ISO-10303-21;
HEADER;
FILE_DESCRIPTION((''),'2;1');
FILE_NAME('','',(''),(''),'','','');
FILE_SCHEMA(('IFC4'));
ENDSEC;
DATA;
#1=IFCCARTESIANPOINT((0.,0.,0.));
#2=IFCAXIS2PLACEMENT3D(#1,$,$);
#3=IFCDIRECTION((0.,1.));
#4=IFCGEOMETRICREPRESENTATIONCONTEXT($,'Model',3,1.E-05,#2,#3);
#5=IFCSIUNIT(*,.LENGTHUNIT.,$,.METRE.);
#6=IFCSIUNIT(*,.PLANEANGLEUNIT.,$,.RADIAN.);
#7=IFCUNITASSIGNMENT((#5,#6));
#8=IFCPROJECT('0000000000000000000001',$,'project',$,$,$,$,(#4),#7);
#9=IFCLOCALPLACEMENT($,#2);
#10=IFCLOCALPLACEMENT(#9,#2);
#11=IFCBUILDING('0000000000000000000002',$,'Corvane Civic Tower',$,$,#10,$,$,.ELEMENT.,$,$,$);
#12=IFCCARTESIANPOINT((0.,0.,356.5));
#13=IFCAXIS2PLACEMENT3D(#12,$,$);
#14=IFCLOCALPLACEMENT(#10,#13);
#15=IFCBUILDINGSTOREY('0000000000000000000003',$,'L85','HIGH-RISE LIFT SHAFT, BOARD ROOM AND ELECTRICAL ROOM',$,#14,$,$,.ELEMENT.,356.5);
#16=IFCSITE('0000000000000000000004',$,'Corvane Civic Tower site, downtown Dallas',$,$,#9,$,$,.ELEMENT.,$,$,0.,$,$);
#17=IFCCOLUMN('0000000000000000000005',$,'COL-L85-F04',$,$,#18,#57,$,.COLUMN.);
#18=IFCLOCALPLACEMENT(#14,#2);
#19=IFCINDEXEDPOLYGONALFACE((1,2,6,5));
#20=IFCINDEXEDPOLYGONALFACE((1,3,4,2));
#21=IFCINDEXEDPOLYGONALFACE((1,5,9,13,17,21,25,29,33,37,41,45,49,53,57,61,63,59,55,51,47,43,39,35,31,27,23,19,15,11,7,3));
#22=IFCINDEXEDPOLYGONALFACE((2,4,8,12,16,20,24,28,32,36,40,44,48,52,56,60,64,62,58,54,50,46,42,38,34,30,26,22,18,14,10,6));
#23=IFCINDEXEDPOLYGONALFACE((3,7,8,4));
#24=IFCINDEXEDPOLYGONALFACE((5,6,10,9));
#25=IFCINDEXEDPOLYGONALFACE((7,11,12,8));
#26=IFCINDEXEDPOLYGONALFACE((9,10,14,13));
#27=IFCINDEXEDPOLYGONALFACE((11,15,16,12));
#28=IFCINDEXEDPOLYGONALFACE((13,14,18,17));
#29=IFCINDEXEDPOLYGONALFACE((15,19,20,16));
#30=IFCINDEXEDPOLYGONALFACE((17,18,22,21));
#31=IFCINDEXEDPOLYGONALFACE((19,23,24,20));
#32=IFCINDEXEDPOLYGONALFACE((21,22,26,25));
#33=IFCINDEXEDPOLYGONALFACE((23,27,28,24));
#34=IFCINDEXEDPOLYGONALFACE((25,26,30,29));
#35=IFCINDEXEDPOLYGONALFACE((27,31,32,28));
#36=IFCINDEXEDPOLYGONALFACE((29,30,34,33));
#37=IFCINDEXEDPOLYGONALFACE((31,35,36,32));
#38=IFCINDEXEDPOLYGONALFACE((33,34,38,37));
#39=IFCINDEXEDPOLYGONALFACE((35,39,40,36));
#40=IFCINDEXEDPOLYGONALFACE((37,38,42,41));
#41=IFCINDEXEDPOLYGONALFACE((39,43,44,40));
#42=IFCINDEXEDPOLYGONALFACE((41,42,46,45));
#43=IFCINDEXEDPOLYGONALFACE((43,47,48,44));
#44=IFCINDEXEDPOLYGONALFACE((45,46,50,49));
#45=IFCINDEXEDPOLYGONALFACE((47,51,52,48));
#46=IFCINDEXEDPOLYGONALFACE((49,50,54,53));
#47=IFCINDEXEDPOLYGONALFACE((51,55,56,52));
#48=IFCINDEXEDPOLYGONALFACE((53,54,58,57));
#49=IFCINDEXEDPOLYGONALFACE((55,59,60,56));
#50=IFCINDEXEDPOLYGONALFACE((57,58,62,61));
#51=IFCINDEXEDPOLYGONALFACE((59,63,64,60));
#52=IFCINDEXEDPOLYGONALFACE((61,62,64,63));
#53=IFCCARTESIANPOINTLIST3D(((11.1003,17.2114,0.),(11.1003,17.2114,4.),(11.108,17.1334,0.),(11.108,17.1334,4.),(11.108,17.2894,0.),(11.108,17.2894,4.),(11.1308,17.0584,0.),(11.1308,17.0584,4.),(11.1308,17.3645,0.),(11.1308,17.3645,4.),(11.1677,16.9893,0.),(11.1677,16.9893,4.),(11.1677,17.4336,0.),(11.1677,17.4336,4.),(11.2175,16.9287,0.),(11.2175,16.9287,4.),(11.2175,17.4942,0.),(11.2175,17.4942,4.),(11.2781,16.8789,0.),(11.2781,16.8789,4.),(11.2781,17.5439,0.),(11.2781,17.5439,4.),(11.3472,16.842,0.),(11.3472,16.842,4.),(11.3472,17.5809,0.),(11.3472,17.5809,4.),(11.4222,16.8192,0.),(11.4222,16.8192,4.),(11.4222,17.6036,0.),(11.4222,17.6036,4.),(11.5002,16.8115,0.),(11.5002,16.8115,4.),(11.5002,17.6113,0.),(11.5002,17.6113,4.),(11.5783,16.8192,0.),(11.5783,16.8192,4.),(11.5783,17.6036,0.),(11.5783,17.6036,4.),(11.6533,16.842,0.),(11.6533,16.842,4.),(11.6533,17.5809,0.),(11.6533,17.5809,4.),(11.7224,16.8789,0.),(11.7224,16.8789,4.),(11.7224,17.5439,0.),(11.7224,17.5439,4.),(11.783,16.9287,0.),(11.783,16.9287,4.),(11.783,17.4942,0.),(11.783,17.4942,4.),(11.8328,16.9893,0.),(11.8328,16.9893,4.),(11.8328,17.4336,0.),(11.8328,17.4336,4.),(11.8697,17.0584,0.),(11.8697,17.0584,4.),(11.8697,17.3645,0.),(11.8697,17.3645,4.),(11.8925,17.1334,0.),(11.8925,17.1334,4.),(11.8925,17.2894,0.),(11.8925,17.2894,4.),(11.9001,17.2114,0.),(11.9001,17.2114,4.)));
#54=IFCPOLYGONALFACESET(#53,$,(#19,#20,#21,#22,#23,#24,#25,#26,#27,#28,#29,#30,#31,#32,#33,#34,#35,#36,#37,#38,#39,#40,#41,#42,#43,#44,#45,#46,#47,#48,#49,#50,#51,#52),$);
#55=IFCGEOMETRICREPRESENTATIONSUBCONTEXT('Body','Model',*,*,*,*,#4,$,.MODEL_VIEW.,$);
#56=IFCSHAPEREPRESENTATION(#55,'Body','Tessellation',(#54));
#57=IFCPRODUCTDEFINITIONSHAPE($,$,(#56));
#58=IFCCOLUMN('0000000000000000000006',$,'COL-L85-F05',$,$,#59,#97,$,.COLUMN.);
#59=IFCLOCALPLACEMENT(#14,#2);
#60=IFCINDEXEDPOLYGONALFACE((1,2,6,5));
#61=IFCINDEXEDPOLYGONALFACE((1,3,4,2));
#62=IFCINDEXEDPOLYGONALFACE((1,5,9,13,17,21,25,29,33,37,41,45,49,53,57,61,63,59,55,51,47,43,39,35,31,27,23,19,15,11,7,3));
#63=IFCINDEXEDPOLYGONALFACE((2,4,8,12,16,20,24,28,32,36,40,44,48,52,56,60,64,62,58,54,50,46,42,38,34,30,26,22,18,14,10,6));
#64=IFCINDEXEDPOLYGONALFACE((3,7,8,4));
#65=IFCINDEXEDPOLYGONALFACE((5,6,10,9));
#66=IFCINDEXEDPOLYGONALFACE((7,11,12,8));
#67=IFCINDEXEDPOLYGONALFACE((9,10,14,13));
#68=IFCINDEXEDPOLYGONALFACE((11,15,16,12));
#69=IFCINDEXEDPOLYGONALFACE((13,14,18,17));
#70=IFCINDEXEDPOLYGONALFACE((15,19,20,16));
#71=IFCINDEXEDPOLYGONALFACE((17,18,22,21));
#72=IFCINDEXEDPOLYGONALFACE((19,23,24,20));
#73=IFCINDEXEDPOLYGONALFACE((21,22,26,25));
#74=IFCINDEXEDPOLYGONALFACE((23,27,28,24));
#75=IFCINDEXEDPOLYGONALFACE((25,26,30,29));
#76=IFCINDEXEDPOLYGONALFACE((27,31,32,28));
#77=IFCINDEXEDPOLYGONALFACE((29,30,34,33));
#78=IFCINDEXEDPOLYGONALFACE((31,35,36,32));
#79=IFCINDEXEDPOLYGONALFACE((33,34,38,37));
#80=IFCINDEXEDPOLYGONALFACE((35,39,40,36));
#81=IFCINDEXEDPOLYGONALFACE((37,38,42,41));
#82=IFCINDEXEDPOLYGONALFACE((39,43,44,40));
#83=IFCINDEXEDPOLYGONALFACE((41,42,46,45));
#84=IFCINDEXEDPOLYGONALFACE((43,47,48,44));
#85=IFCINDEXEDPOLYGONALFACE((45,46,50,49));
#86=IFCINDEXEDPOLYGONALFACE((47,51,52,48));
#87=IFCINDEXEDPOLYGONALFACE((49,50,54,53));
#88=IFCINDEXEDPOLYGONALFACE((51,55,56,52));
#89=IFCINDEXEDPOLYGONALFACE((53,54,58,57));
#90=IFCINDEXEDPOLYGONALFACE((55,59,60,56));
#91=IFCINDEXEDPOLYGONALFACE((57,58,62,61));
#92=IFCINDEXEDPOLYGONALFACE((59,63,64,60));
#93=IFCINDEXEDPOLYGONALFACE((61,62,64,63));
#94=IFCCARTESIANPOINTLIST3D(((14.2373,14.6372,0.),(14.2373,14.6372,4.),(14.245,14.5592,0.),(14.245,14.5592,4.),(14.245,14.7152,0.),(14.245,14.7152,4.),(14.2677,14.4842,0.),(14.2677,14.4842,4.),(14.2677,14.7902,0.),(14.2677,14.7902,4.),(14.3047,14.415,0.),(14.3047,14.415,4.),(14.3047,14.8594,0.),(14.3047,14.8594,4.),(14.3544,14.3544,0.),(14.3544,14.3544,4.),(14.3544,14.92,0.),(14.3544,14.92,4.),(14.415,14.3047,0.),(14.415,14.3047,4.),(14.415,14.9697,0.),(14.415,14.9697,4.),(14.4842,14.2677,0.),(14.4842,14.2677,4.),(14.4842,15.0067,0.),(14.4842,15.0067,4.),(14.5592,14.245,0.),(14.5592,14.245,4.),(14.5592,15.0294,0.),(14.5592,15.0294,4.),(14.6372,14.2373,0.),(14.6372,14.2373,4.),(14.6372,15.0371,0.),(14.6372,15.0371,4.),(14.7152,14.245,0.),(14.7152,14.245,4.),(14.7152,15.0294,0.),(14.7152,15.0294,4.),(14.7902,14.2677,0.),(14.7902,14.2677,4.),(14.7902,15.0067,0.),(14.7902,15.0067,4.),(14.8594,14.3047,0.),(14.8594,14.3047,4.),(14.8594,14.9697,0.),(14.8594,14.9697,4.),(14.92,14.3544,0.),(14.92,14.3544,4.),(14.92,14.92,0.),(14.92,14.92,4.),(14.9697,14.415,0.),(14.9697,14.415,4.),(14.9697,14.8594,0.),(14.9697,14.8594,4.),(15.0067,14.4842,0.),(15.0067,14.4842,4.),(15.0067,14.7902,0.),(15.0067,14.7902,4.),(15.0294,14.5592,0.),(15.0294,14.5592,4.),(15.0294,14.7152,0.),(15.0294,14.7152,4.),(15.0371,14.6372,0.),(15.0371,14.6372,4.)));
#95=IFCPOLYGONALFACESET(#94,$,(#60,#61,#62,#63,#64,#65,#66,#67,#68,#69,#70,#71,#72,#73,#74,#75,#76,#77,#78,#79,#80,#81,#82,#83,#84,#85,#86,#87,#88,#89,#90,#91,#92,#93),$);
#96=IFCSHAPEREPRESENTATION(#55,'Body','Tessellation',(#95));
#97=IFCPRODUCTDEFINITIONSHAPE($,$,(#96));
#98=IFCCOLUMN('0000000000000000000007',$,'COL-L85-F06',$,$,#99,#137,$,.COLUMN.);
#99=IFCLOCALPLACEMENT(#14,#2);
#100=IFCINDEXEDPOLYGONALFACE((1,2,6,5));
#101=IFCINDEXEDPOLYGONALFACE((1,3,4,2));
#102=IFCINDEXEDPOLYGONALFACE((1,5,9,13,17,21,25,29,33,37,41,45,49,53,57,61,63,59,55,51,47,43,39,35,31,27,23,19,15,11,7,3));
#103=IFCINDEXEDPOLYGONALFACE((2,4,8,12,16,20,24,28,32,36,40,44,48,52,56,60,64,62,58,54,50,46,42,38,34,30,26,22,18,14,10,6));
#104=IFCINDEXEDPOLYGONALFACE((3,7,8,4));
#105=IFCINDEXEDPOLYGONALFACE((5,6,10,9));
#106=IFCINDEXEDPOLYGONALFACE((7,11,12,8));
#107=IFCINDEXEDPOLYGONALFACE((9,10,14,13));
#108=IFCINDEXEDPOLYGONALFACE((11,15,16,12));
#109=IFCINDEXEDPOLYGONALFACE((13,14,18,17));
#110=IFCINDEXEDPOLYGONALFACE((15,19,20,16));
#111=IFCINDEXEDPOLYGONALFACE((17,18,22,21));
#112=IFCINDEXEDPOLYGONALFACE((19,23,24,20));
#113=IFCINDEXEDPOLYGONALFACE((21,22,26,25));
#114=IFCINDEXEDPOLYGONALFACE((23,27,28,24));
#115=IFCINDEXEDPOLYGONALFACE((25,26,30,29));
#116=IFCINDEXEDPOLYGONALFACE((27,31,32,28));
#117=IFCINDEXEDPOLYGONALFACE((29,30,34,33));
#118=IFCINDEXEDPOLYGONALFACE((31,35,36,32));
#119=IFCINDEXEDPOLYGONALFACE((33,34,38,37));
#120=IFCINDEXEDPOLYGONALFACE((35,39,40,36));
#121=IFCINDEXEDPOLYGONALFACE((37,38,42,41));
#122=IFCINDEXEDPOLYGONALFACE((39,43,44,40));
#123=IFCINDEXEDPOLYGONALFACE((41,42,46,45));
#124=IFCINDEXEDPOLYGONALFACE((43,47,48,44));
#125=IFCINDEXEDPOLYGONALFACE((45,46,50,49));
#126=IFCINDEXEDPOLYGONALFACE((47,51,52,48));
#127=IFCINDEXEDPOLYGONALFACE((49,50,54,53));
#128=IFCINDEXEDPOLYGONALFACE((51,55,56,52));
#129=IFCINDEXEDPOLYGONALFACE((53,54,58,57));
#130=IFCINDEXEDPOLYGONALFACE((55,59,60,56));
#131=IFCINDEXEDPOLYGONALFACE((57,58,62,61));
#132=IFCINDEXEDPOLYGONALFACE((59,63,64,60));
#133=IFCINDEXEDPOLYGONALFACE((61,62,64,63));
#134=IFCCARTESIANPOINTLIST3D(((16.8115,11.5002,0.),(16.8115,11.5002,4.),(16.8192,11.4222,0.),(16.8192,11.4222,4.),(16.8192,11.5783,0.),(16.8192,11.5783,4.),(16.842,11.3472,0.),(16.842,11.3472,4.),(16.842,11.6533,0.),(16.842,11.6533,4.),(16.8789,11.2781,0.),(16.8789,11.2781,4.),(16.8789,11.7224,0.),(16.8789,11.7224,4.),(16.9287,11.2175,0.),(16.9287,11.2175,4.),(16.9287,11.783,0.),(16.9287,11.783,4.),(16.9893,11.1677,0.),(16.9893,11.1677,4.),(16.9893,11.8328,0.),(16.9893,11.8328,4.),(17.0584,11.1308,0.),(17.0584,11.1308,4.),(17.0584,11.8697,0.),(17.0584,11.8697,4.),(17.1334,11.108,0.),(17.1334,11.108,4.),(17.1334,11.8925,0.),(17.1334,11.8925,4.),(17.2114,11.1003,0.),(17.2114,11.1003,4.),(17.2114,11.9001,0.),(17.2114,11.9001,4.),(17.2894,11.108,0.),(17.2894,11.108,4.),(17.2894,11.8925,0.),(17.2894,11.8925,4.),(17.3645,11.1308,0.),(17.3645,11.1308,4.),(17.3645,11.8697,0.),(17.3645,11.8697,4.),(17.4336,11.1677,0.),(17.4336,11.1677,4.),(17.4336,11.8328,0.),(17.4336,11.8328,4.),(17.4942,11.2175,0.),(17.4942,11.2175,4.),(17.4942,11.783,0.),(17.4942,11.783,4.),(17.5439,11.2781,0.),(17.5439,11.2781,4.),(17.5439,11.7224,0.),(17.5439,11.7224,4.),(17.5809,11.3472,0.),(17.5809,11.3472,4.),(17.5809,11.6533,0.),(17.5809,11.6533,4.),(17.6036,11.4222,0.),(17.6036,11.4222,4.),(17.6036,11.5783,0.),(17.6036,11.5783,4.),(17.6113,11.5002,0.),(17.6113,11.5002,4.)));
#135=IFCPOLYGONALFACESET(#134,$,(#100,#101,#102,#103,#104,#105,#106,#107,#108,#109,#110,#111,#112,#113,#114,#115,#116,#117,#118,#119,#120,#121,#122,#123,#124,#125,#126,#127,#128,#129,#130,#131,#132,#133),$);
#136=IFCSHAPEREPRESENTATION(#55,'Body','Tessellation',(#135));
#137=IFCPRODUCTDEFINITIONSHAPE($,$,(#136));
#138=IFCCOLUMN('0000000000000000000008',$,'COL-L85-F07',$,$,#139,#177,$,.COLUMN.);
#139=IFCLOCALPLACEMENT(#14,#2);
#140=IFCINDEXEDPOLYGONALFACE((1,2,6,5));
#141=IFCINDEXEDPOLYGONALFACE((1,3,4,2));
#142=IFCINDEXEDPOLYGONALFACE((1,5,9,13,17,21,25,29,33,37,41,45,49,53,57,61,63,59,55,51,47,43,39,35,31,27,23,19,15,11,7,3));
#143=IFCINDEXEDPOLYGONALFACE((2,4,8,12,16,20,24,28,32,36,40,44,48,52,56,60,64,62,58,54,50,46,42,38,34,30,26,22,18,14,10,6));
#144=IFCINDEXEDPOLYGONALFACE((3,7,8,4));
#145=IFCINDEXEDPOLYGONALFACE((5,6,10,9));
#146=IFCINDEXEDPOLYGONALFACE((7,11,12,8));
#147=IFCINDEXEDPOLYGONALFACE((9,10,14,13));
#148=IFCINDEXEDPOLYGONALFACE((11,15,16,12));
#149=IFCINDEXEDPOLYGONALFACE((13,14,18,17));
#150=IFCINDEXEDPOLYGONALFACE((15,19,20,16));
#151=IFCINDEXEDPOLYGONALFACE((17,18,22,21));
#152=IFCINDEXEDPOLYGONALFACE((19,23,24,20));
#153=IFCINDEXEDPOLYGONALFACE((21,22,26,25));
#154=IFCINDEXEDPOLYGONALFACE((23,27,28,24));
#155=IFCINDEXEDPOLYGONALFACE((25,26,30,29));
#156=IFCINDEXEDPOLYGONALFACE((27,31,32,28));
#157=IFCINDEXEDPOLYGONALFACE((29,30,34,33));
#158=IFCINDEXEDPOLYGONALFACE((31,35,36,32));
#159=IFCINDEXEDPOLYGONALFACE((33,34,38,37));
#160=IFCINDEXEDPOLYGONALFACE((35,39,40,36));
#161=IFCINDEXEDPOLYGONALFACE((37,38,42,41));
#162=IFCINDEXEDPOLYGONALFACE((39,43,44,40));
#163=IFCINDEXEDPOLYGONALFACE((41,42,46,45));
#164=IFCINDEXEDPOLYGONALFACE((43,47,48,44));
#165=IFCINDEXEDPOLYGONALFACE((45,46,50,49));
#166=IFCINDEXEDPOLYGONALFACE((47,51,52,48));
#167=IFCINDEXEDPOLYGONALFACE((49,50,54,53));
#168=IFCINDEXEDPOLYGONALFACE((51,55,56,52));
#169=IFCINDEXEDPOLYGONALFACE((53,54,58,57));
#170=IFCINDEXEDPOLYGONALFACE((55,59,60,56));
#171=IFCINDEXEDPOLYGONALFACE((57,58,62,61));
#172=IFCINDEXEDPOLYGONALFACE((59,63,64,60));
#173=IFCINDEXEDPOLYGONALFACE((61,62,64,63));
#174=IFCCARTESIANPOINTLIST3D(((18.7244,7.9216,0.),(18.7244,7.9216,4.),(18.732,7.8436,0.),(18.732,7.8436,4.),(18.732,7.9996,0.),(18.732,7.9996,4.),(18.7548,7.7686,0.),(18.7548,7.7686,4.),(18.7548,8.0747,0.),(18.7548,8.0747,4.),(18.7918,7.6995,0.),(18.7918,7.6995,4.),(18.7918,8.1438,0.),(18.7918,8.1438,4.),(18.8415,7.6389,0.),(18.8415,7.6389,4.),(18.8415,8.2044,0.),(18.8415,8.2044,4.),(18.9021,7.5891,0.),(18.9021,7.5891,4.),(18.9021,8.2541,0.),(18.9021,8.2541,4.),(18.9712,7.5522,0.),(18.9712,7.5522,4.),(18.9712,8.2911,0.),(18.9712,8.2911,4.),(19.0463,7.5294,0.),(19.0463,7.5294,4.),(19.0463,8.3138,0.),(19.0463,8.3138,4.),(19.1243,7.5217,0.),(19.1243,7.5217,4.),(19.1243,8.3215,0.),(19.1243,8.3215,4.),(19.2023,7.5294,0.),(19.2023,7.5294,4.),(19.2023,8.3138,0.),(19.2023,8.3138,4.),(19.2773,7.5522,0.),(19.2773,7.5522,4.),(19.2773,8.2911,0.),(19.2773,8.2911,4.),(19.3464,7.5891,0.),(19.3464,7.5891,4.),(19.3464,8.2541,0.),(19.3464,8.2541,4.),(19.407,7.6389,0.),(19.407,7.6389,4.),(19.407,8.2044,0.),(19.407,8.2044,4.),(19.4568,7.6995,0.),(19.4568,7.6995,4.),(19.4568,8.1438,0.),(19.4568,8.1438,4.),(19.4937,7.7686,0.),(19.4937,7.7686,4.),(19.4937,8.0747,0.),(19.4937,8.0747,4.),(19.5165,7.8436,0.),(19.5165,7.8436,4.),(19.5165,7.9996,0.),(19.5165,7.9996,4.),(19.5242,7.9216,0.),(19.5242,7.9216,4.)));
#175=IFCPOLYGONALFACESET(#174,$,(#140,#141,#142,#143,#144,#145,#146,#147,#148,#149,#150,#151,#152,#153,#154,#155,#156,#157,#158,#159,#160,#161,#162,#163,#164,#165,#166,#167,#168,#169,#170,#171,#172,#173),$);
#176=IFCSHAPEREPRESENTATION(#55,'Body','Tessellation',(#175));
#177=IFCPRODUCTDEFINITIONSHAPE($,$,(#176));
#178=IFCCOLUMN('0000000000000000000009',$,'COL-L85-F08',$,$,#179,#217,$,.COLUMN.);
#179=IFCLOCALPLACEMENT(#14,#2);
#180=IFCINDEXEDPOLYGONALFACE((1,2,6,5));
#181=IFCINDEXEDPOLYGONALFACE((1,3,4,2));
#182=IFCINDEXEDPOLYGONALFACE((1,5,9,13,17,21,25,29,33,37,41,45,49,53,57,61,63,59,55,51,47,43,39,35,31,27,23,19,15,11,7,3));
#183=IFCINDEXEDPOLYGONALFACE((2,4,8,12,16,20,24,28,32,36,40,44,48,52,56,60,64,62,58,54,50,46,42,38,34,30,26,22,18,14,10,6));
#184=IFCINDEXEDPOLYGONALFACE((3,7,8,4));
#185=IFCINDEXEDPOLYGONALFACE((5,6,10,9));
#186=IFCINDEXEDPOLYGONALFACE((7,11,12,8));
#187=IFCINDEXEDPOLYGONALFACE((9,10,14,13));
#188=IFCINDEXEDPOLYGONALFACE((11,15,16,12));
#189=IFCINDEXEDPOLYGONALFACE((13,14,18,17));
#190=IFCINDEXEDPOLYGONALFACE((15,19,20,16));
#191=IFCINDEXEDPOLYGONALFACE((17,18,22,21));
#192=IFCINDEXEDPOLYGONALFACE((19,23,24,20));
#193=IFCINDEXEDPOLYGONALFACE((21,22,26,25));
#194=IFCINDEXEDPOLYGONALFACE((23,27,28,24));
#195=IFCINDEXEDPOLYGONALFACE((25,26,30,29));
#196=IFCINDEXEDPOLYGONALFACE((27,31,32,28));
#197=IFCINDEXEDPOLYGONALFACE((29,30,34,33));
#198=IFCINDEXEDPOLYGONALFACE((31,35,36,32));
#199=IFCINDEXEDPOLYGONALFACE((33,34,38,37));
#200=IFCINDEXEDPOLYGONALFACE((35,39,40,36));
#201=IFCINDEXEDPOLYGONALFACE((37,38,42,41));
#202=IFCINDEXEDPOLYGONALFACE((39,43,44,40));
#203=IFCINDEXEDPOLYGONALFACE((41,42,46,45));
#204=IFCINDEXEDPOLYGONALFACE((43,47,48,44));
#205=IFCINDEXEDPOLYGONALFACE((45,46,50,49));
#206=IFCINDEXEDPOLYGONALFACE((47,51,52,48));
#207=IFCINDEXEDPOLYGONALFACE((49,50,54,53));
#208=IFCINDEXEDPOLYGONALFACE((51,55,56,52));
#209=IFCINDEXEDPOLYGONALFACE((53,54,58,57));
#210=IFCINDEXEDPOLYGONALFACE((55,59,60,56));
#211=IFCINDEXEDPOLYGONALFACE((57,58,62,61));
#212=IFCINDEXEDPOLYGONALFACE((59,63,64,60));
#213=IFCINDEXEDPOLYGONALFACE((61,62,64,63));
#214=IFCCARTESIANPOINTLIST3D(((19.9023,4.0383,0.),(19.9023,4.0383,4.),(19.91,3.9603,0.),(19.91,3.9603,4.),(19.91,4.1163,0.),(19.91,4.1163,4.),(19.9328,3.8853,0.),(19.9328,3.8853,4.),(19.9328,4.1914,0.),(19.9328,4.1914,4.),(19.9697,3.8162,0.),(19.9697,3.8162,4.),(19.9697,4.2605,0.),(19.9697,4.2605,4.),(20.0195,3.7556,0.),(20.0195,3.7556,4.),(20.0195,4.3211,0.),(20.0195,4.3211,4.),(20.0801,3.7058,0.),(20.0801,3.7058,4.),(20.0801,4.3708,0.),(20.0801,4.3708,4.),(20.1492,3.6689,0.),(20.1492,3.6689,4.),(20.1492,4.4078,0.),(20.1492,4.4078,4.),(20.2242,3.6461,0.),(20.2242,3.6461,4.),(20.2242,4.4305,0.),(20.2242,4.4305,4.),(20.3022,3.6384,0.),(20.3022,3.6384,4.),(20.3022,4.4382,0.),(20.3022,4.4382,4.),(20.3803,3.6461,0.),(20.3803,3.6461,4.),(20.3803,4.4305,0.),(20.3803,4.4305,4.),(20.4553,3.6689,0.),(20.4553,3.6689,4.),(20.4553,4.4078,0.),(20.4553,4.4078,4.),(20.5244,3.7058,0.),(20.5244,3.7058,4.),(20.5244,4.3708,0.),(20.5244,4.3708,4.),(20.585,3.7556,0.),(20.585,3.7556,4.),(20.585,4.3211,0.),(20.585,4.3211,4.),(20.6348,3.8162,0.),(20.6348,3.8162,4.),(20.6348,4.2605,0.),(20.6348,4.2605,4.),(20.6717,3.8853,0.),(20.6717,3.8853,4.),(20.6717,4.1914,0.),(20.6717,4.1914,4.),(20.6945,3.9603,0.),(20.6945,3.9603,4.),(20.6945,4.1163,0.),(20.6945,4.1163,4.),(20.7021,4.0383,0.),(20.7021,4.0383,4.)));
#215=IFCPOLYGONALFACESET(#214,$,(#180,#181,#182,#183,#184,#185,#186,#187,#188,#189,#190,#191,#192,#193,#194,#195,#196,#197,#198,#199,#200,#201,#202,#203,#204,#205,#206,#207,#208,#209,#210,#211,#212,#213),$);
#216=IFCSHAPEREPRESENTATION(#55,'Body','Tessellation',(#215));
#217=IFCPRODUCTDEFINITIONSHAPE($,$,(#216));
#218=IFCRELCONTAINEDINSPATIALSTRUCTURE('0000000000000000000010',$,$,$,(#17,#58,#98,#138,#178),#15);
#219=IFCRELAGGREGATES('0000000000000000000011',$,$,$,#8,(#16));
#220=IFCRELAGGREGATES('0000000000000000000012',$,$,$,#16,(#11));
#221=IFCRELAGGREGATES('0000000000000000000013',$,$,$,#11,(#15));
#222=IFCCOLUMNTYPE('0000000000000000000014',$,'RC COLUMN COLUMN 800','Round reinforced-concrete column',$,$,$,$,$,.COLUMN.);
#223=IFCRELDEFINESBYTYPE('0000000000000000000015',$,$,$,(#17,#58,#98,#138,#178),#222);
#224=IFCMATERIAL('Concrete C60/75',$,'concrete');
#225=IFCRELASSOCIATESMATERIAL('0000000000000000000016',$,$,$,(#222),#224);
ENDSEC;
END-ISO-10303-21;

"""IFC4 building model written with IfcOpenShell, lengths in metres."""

from ifc_helpers import new_model, si_unit, direction, frame, origin, origin_2d, place, context, subcontext, project, spatial, circle, extrude, material, material_profile, profile_set, type_object, element, save


model = new_model("IFC4")

# Units and contexts
model_context = context("Model", 3, precision=1e-05, world=origin(), true_north=direction((0.0, 1.0)))
body_context = subcontext(model_context, "Body", "Model", "MODEL_VIEW")
ifc_project = project(units=[si_unit("LENGTHUNIT", "METRE"), si_unit("PLANEANGLEUNIT", "RADIAN")], contexts=[model_context])

# Site, building, storey
site_placement = place(None, origin())
site = spatial("IfcSite", under=ifc_project, at=site_placement, Name="Corvane Civic Tower site, downtown Dallas", CompositionType="ELEMENT", RefElevation=0.0)
building_placement = place(site_placement, origin())
building = spatial("IfcBuilding", under=site, at=building_placement, Name="Corvane Civic Tower", CompositionType="ELEMENT")
storey_placement = place(building_placement, frame((0.0, 0.0, 356.5)))
storey = spatial("IfcBuildingStorey", under=building, at=storey_placement, Name="L85", Description="HIGH-RISE LIFT SHAFT, BOARD ROOM AND ELECTRICAL ROOM", CompositionType="ELEMENT", Elevation=356.5)

# Columns
ifc_material_1 = material(Name="Concrete C60/75", Category="concrete")
ifc_material_profile_1 = material_profile(ifc_material_1, circle(Radius=0.3999, at=origin_2d()), Name="COLUMN 800")
ifc_profile_set_1 = profile_set([ifc_material_profile_1], Name="Concrete C60/75")
column_type = type_object("IfcColumnType", Name="RC COLUMN COLUMN 800", Description="Round reinforced-concrete column", PredefinedType="COLUMN", material=ifc_profile_set_1)
for number, where, z_axis, x_axis, name in (
    (1, (11.5002, 17.2114, 0.0), (0.0, 0.0, 1.0), (1.0, 0.0, 0.0), "COL-L85-F04"),
    (2, (14.6372, 14.6372, 0.0), (0.0, 0.0, 1.0), (1.0, 0.0, 0.0), "COL-L85-F05"),
    (3, (17.2114, 11.5002, 0.0), (0.0, 0.0, 1.0), (1.0, 0.0, 0.0), "COL-L85-F06"),
    (4, (19.1243, 7.9216, 0.0), (0.0, 0.0, 1.0), (1.0, 0.0, 0.0), "COL-L85-F07"),
    (5, (20.3022, 4.0383, 0.0), (0.0, 0.0, 1.0), (1.0, 0.0, 0.0), "COL-L85-F08"),
):
    element("IfcColumn", number, at=place(storey_placement, frame(where, z_axis=z_axis, x_axis=x_axis)), inside=storey, type_object=column_type, Name=name, PredefinedType="COLUMN", context=body_context, shape_type="SweptSolid", body=[
        extrude(circle(Radius=0.3999, at=origin_2d()), origin(), (0.0, 0.0, 1.0), 4.0),
    ])

save(model, "model.ifc")
